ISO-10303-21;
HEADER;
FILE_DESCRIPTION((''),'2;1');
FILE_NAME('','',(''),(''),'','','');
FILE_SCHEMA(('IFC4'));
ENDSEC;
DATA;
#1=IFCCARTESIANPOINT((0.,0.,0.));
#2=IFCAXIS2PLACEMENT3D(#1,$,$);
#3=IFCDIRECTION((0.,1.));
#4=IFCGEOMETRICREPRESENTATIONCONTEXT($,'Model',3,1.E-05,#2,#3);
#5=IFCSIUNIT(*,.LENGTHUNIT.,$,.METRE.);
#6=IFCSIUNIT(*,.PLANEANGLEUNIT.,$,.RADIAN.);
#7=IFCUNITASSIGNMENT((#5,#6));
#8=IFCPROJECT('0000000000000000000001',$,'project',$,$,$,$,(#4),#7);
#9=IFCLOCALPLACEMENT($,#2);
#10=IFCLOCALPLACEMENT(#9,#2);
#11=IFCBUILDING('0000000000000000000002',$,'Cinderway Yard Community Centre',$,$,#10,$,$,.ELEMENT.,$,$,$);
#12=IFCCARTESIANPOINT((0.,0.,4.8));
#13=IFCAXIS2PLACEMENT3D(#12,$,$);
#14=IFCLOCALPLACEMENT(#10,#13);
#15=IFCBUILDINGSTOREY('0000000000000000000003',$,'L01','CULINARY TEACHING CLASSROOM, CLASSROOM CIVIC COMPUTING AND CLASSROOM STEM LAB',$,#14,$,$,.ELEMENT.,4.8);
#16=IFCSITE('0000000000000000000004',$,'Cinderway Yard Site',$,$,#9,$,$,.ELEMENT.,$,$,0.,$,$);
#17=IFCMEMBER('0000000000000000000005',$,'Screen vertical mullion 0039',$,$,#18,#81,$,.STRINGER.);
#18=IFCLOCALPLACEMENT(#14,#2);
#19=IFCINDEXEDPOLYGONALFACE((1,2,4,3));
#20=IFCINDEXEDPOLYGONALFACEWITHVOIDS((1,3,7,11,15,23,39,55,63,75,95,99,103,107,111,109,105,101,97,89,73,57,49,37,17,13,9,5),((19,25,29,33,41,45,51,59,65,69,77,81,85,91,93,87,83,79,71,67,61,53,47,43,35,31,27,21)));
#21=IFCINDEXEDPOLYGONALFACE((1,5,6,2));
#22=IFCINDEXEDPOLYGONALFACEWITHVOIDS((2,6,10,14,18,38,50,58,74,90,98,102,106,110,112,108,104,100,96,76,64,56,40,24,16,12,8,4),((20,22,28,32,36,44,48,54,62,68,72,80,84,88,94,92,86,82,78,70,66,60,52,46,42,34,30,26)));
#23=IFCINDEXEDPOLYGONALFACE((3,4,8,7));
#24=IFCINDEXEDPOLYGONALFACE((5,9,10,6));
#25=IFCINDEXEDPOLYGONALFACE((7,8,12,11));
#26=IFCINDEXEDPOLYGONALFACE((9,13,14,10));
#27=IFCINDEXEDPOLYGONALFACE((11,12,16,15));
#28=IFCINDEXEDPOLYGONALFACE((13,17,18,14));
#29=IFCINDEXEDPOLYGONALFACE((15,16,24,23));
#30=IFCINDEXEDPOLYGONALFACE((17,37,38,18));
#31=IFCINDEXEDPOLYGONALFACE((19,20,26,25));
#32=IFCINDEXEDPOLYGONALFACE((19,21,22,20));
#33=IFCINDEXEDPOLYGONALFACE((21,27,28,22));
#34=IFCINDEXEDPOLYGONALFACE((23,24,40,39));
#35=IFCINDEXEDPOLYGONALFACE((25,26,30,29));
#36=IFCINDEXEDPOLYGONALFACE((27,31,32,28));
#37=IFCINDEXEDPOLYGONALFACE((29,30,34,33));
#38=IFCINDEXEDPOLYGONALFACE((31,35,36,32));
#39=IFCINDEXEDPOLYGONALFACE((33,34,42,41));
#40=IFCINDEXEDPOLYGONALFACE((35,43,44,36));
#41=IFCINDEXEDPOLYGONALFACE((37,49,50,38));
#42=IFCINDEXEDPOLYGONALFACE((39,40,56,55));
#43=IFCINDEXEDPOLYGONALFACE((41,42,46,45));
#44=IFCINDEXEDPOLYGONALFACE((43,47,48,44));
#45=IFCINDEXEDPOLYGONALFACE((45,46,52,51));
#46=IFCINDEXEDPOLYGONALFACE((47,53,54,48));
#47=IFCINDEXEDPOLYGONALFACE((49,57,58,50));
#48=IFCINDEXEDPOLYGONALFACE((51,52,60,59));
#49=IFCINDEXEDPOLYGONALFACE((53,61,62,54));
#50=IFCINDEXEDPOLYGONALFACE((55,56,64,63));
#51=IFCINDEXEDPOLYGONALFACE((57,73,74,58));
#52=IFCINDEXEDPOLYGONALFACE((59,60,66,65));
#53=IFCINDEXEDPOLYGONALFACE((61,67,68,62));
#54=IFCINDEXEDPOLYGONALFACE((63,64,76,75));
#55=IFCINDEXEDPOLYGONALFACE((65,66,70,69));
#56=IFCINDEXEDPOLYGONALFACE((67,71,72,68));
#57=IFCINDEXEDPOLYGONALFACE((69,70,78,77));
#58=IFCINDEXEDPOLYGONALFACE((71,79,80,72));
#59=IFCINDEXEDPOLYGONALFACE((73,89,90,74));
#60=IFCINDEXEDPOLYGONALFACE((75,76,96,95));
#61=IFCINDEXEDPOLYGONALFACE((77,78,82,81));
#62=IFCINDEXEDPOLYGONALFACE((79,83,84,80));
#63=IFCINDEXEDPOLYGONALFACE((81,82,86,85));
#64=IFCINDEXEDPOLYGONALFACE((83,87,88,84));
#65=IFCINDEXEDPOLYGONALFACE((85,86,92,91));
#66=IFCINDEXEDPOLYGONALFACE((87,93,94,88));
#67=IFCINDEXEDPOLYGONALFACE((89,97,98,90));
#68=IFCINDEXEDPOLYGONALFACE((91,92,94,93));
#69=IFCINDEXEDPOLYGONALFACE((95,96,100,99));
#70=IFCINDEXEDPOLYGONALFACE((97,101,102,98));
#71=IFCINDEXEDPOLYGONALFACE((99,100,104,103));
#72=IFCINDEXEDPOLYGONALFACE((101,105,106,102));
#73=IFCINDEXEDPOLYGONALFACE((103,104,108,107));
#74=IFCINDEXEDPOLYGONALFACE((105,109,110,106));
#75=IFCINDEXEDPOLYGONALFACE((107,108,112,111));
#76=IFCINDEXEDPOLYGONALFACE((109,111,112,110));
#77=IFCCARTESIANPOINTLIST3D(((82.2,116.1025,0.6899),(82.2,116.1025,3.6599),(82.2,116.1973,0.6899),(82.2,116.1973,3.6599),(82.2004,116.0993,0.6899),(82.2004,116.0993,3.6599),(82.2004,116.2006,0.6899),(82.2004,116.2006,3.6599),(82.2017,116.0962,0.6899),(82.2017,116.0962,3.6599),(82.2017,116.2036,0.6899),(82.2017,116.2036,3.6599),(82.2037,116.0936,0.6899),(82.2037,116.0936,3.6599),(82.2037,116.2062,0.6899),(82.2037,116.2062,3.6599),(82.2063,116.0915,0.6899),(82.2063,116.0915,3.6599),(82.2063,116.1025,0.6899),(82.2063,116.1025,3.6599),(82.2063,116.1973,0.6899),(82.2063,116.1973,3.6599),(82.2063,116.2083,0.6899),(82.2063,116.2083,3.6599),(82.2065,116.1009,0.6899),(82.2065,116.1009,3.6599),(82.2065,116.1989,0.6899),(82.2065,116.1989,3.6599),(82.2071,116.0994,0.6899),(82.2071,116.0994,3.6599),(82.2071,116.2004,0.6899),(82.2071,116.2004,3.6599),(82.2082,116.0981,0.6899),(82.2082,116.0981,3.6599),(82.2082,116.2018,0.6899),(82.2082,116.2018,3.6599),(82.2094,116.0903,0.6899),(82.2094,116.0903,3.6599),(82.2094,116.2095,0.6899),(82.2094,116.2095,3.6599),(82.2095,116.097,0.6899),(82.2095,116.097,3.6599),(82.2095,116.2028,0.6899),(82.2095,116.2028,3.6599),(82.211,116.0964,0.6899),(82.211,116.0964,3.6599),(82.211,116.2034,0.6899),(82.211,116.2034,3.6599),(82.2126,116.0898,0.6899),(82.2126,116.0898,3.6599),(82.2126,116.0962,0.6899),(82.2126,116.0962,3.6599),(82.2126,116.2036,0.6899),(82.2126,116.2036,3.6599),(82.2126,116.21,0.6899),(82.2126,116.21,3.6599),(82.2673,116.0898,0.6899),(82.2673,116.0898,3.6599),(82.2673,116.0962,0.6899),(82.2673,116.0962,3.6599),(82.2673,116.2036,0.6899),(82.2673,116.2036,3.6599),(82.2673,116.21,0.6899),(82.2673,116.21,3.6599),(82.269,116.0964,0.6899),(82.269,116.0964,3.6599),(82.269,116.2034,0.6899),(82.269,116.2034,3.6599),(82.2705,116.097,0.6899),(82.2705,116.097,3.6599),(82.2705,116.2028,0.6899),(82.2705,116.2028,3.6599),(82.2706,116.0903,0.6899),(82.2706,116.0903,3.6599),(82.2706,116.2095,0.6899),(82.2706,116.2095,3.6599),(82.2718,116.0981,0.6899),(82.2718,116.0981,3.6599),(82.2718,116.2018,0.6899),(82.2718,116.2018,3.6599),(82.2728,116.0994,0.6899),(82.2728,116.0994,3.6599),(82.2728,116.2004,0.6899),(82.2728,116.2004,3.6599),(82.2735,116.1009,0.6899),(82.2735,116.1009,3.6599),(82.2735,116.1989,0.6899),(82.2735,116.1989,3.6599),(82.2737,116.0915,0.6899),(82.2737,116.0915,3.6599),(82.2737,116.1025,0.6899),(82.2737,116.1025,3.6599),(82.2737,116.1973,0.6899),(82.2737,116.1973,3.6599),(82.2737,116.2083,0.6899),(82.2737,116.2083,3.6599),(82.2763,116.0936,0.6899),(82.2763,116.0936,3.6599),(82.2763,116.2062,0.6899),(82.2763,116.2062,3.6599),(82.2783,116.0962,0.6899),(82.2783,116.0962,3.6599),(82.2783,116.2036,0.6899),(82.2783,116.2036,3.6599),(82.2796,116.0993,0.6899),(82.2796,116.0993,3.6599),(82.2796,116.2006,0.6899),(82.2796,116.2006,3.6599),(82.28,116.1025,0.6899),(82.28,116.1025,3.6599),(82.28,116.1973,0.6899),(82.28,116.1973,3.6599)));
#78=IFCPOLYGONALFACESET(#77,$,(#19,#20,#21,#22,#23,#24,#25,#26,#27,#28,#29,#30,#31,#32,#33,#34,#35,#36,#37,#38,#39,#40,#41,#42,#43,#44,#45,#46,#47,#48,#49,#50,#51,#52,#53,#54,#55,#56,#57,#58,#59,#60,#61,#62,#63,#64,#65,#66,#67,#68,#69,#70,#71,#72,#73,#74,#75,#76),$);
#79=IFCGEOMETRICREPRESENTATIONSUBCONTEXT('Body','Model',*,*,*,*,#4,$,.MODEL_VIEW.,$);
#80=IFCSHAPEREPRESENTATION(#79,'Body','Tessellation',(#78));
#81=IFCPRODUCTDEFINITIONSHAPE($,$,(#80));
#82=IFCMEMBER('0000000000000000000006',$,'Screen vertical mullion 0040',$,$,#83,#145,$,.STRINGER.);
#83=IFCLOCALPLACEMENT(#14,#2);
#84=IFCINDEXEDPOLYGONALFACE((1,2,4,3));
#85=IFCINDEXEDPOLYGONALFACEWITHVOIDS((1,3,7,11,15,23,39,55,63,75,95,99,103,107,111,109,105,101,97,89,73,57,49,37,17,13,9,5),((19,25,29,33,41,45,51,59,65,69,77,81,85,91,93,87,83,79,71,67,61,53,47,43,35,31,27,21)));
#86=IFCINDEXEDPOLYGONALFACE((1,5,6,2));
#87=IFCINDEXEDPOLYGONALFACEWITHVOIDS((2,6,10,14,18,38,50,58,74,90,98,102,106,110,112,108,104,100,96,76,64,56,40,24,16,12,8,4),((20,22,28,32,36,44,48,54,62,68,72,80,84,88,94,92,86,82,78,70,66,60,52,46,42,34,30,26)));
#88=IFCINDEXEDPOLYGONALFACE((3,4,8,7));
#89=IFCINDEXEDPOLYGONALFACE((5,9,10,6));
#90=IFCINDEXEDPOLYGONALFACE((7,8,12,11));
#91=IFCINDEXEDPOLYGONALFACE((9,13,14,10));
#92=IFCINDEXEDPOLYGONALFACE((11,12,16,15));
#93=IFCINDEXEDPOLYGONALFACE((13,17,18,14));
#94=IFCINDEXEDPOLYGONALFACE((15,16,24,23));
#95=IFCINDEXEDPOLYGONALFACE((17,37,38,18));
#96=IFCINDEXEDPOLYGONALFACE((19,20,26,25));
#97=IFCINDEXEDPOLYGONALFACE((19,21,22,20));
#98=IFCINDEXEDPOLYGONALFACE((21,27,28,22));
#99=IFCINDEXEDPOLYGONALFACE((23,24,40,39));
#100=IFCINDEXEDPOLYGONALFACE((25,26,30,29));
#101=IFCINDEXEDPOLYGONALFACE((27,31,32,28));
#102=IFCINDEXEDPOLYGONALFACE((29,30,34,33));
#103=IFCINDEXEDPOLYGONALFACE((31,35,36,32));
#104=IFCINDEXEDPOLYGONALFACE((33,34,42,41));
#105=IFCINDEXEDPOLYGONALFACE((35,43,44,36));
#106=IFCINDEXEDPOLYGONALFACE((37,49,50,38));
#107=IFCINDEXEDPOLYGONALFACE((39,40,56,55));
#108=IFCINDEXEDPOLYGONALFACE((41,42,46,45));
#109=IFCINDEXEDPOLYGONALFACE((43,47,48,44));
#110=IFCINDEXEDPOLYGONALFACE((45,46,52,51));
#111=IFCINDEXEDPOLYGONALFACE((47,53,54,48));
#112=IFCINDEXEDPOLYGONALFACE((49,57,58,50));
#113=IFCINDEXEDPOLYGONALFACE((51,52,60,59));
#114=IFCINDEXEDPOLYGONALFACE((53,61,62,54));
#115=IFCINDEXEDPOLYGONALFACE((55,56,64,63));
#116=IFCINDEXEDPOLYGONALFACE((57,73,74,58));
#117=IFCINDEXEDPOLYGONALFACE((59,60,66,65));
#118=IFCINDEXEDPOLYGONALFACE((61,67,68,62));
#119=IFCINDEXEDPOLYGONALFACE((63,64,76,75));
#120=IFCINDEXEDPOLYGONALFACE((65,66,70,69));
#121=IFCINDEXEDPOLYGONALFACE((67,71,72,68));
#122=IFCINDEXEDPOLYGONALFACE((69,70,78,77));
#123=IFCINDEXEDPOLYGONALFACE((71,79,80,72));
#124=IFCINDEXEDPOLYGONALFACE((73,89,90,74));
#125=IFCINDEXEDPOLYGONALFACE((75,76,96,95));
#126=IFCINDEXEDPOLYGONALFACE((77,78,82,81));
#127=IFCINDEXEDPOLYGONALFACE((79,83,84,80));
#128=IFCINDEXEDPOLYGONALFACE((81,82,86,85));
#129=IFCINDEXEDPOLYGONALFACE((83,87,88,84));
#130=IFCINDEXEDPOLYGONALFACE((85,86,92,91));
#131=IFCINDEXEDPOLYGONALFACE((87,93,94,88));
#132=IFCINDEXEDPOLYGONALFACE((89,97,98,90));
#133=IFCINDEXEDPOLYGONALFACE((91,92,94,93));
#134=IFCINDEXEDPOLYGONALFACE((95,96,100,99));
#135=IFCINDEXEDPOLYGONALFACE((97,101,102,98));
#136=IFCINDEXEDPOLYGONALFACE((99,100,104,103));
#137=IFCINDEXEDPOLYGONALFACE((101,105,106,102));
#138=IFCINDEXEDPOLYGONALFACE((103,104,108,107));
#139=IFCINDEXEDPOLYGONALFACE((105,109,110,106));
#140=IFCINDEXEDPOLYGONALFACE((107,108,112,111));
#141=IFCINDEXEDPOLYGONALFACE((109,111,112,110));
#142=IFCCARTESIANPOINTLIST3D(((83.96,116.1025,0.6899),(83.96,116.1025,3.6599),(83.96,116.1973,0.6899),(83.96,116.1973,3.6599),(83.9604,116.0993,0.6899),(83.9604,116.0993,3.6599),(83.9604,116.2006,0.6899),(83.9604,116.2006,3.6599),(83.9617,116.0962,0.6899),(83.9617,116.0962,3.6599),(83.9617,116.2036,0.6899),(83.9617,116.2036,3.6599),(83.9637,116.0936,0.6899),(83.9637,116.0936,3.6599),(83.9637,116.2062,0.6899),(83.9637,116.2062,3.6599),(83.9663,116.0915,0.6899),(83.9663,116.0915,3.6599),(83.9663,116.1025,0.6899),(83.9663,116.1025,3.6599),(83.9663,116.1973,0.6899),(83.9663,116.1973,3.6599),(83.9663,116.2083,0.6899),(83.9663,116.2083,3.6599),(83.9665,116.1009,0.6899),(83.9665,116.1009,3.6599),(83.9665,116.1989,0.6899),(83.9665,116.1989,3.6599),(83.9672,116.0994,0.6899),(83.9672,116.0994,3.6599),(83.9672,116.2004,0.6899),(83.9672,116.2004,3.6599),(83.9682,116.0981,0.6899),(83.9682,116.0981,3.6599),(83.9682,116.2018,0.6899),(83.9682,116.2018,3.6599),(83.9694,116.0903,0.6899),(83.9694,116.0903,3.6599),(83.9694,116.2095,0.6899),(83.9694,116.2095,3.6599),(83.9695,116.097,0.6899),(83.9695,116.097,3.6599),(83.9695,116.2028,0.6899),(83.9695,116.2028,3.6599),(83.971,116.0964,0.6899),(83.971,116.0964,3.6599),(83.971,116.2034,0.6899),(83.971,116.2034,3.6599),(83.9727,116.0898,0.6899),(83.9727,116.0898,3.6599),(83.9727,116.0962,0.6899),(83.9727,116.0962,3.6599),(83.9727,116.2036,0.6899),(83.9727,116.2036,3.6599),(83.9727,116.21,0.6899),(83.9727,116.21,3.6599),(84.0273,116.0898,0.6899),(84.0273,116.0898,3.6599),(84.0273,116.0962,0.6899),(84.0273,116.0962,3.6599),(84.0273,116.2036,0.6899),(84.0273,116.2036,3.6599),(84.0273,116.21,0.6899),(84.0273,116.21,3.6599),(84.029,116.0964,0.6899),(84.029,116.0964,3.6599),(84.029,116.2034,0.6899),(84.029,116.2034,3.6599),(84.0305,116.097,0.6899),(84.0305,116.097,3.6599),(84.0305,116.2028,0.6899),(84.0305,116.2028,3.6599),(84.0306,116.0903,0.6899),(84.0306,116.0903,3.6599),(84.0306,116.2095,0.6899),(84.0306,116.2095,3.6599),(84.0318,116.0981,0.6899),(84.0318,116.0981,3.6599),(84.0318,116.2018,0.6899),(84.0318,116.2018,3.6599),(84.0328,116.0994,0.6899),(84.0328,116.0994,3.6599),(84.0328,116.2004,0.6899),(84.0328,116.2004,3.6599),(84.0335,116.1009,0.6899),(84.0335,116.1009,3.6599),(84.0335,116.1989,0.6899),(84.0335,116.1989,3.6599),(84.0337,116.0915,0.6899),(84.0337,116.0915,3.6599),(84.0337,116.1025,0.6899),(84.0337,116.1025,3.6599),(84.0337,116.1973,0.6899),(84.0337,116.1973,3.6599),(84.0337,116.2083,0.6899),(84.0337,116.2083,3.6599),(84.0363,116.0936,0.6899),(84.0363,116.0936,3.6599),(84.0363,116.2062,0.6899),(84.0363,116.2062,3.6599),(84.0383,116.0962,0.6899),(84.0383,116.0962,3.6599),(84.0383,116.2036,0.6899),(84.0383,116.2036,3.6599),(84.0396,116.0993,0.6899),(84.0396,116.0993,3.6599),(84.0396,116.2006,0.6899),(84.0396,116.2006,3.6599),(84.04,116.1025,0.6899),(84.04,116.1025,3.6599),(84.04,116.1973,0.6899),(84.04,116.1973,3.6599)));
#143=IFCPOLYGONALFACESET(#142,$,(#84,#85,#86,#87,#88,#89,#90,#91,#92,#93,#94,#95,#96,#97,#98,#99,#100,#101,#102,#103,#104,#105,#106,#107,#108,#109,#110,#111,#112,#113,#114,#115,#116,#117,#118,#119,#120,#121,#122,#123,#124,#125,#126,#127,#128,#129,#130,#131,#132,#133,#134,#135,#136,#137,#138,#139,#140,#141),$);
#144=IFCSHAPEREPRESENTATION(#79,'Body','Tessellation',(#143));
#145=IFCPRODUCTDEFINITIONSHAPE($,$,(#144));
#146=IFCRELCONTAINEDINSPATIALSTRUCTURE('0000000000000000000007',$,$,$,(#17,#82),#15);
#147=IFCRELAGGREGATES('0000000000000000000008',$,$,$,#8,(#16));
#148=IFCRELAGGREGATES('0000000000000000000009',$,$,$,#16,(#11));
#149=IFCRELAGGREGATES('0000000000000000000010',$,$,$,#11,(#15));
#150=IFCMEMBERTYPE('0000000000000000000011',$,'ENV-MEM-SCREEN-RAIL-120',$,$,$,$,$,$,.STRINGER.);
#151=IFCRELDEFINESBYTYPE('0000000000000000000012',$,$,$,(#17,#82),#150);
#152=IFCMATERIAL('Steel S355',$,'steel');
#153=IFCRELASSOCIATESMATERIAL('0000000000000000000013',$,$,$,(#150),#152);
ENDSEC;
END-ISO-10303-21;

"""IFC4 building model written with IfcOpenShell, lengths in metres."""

from ifc_helpers import new_model, si_unit, direction, frame, origin, origin_2d, place, context, subcontext, project, spatial, hollow_rectangle, extrude, material, material_profile, profile_set, type_object, element, save


model = new_model("IFC4")

# Units and contexts
model_context = context("Model", 3, precision=1e-05, world=origin(), true_north=direction((0.0, 1.0)))
body_context = subcontext(model_context, "Body", "Model", "MODEL_VIEW")
ifc_project = project(units=[si_unit("LENGTHUNIT", "METRE"), si_unit("PLANEANGLEUNIT", "RADIAN")], contexts=[model_context])

# Site, building, storey
site_placement = place(None, origin())
site = spatial("IfcSite", under=ifc_project, at=site_placement, Name="Cinderway Yard Site", CompositionType="ELEMENT", RefElevation=0.0)
building_placement = place(site_placement, origin())
building = spatial("IfcBuilding", under=site, at=building_placement, Name="Cinderway Yard Community Centre", CompositionType="ELEMENT")
storey_placement = place(building_placement, frame((0.0, 0.0, 4.8)))
storey = spatial("IfcBuildingStorey", under=building, at=storey_placement, Name="L01", Description="CULINARY TEACHING CLASSROOM, CLASSROOM CIVIC COMPUTING AND CLASSROOM STEM LAB", CompositionType="ELEMENT", Elevation=4.8)

# Members
ifc_material_1 = material(Name="Steel S355", Category="steel")
ifc_material_profile_1 = material_profile(ifc_material_1, hollow_rectangle(XDim=0.0801, YDim=0.1201, WallThickness=0.0063, InnerFilletRadius=0.0063, OuterFilletRadius=0.0127, at=origin_2d()), Name="Steel S355")
ifc_profile_set_1 = profile_set([ifc_material_profile_1], Name="Steel S355")
member_type_1 = type_object("IfcMemberType", Name="ENV-MEM-SCREEN-RAIL-120", PredefinedType="STRINGER", material=ifc_profile_set_1)
for number, where, z_axis, x_axis, name in (
    (1, (82.24, 116.1499, 0.6899), (0.0, 0.0, 1.0), (1.0, 0.0, 0.0), "Screen vertical mullion 0039"),
    (2, (84.0, 116.1499, 0.6899), (0.0, 0.0, 1.0), (1.0, 0.0, 0.0), "Screen vertical mullion 0040"),
):
    element("IfcMember", number, at=place(storey_placement, frame(where, z_axis=z_axis, x_axis=x_axis)), inside=storey, type_object=member_type_1, Name=name, PredefinedType="STRINGER", context=body_context, shape_type="SweptSolid", body=[
        extrude(hollow_rectangle(XDim=0.0801, YDim=0.1201, WallThickness=0.0063, InnerFilletRadius=0.0063, OuterFilletRadius=0.0127, at=origin_2d()), origin(), (0.0, 0.0, 1.0), 2.97),
    ])

save(model, "model.ifc")
